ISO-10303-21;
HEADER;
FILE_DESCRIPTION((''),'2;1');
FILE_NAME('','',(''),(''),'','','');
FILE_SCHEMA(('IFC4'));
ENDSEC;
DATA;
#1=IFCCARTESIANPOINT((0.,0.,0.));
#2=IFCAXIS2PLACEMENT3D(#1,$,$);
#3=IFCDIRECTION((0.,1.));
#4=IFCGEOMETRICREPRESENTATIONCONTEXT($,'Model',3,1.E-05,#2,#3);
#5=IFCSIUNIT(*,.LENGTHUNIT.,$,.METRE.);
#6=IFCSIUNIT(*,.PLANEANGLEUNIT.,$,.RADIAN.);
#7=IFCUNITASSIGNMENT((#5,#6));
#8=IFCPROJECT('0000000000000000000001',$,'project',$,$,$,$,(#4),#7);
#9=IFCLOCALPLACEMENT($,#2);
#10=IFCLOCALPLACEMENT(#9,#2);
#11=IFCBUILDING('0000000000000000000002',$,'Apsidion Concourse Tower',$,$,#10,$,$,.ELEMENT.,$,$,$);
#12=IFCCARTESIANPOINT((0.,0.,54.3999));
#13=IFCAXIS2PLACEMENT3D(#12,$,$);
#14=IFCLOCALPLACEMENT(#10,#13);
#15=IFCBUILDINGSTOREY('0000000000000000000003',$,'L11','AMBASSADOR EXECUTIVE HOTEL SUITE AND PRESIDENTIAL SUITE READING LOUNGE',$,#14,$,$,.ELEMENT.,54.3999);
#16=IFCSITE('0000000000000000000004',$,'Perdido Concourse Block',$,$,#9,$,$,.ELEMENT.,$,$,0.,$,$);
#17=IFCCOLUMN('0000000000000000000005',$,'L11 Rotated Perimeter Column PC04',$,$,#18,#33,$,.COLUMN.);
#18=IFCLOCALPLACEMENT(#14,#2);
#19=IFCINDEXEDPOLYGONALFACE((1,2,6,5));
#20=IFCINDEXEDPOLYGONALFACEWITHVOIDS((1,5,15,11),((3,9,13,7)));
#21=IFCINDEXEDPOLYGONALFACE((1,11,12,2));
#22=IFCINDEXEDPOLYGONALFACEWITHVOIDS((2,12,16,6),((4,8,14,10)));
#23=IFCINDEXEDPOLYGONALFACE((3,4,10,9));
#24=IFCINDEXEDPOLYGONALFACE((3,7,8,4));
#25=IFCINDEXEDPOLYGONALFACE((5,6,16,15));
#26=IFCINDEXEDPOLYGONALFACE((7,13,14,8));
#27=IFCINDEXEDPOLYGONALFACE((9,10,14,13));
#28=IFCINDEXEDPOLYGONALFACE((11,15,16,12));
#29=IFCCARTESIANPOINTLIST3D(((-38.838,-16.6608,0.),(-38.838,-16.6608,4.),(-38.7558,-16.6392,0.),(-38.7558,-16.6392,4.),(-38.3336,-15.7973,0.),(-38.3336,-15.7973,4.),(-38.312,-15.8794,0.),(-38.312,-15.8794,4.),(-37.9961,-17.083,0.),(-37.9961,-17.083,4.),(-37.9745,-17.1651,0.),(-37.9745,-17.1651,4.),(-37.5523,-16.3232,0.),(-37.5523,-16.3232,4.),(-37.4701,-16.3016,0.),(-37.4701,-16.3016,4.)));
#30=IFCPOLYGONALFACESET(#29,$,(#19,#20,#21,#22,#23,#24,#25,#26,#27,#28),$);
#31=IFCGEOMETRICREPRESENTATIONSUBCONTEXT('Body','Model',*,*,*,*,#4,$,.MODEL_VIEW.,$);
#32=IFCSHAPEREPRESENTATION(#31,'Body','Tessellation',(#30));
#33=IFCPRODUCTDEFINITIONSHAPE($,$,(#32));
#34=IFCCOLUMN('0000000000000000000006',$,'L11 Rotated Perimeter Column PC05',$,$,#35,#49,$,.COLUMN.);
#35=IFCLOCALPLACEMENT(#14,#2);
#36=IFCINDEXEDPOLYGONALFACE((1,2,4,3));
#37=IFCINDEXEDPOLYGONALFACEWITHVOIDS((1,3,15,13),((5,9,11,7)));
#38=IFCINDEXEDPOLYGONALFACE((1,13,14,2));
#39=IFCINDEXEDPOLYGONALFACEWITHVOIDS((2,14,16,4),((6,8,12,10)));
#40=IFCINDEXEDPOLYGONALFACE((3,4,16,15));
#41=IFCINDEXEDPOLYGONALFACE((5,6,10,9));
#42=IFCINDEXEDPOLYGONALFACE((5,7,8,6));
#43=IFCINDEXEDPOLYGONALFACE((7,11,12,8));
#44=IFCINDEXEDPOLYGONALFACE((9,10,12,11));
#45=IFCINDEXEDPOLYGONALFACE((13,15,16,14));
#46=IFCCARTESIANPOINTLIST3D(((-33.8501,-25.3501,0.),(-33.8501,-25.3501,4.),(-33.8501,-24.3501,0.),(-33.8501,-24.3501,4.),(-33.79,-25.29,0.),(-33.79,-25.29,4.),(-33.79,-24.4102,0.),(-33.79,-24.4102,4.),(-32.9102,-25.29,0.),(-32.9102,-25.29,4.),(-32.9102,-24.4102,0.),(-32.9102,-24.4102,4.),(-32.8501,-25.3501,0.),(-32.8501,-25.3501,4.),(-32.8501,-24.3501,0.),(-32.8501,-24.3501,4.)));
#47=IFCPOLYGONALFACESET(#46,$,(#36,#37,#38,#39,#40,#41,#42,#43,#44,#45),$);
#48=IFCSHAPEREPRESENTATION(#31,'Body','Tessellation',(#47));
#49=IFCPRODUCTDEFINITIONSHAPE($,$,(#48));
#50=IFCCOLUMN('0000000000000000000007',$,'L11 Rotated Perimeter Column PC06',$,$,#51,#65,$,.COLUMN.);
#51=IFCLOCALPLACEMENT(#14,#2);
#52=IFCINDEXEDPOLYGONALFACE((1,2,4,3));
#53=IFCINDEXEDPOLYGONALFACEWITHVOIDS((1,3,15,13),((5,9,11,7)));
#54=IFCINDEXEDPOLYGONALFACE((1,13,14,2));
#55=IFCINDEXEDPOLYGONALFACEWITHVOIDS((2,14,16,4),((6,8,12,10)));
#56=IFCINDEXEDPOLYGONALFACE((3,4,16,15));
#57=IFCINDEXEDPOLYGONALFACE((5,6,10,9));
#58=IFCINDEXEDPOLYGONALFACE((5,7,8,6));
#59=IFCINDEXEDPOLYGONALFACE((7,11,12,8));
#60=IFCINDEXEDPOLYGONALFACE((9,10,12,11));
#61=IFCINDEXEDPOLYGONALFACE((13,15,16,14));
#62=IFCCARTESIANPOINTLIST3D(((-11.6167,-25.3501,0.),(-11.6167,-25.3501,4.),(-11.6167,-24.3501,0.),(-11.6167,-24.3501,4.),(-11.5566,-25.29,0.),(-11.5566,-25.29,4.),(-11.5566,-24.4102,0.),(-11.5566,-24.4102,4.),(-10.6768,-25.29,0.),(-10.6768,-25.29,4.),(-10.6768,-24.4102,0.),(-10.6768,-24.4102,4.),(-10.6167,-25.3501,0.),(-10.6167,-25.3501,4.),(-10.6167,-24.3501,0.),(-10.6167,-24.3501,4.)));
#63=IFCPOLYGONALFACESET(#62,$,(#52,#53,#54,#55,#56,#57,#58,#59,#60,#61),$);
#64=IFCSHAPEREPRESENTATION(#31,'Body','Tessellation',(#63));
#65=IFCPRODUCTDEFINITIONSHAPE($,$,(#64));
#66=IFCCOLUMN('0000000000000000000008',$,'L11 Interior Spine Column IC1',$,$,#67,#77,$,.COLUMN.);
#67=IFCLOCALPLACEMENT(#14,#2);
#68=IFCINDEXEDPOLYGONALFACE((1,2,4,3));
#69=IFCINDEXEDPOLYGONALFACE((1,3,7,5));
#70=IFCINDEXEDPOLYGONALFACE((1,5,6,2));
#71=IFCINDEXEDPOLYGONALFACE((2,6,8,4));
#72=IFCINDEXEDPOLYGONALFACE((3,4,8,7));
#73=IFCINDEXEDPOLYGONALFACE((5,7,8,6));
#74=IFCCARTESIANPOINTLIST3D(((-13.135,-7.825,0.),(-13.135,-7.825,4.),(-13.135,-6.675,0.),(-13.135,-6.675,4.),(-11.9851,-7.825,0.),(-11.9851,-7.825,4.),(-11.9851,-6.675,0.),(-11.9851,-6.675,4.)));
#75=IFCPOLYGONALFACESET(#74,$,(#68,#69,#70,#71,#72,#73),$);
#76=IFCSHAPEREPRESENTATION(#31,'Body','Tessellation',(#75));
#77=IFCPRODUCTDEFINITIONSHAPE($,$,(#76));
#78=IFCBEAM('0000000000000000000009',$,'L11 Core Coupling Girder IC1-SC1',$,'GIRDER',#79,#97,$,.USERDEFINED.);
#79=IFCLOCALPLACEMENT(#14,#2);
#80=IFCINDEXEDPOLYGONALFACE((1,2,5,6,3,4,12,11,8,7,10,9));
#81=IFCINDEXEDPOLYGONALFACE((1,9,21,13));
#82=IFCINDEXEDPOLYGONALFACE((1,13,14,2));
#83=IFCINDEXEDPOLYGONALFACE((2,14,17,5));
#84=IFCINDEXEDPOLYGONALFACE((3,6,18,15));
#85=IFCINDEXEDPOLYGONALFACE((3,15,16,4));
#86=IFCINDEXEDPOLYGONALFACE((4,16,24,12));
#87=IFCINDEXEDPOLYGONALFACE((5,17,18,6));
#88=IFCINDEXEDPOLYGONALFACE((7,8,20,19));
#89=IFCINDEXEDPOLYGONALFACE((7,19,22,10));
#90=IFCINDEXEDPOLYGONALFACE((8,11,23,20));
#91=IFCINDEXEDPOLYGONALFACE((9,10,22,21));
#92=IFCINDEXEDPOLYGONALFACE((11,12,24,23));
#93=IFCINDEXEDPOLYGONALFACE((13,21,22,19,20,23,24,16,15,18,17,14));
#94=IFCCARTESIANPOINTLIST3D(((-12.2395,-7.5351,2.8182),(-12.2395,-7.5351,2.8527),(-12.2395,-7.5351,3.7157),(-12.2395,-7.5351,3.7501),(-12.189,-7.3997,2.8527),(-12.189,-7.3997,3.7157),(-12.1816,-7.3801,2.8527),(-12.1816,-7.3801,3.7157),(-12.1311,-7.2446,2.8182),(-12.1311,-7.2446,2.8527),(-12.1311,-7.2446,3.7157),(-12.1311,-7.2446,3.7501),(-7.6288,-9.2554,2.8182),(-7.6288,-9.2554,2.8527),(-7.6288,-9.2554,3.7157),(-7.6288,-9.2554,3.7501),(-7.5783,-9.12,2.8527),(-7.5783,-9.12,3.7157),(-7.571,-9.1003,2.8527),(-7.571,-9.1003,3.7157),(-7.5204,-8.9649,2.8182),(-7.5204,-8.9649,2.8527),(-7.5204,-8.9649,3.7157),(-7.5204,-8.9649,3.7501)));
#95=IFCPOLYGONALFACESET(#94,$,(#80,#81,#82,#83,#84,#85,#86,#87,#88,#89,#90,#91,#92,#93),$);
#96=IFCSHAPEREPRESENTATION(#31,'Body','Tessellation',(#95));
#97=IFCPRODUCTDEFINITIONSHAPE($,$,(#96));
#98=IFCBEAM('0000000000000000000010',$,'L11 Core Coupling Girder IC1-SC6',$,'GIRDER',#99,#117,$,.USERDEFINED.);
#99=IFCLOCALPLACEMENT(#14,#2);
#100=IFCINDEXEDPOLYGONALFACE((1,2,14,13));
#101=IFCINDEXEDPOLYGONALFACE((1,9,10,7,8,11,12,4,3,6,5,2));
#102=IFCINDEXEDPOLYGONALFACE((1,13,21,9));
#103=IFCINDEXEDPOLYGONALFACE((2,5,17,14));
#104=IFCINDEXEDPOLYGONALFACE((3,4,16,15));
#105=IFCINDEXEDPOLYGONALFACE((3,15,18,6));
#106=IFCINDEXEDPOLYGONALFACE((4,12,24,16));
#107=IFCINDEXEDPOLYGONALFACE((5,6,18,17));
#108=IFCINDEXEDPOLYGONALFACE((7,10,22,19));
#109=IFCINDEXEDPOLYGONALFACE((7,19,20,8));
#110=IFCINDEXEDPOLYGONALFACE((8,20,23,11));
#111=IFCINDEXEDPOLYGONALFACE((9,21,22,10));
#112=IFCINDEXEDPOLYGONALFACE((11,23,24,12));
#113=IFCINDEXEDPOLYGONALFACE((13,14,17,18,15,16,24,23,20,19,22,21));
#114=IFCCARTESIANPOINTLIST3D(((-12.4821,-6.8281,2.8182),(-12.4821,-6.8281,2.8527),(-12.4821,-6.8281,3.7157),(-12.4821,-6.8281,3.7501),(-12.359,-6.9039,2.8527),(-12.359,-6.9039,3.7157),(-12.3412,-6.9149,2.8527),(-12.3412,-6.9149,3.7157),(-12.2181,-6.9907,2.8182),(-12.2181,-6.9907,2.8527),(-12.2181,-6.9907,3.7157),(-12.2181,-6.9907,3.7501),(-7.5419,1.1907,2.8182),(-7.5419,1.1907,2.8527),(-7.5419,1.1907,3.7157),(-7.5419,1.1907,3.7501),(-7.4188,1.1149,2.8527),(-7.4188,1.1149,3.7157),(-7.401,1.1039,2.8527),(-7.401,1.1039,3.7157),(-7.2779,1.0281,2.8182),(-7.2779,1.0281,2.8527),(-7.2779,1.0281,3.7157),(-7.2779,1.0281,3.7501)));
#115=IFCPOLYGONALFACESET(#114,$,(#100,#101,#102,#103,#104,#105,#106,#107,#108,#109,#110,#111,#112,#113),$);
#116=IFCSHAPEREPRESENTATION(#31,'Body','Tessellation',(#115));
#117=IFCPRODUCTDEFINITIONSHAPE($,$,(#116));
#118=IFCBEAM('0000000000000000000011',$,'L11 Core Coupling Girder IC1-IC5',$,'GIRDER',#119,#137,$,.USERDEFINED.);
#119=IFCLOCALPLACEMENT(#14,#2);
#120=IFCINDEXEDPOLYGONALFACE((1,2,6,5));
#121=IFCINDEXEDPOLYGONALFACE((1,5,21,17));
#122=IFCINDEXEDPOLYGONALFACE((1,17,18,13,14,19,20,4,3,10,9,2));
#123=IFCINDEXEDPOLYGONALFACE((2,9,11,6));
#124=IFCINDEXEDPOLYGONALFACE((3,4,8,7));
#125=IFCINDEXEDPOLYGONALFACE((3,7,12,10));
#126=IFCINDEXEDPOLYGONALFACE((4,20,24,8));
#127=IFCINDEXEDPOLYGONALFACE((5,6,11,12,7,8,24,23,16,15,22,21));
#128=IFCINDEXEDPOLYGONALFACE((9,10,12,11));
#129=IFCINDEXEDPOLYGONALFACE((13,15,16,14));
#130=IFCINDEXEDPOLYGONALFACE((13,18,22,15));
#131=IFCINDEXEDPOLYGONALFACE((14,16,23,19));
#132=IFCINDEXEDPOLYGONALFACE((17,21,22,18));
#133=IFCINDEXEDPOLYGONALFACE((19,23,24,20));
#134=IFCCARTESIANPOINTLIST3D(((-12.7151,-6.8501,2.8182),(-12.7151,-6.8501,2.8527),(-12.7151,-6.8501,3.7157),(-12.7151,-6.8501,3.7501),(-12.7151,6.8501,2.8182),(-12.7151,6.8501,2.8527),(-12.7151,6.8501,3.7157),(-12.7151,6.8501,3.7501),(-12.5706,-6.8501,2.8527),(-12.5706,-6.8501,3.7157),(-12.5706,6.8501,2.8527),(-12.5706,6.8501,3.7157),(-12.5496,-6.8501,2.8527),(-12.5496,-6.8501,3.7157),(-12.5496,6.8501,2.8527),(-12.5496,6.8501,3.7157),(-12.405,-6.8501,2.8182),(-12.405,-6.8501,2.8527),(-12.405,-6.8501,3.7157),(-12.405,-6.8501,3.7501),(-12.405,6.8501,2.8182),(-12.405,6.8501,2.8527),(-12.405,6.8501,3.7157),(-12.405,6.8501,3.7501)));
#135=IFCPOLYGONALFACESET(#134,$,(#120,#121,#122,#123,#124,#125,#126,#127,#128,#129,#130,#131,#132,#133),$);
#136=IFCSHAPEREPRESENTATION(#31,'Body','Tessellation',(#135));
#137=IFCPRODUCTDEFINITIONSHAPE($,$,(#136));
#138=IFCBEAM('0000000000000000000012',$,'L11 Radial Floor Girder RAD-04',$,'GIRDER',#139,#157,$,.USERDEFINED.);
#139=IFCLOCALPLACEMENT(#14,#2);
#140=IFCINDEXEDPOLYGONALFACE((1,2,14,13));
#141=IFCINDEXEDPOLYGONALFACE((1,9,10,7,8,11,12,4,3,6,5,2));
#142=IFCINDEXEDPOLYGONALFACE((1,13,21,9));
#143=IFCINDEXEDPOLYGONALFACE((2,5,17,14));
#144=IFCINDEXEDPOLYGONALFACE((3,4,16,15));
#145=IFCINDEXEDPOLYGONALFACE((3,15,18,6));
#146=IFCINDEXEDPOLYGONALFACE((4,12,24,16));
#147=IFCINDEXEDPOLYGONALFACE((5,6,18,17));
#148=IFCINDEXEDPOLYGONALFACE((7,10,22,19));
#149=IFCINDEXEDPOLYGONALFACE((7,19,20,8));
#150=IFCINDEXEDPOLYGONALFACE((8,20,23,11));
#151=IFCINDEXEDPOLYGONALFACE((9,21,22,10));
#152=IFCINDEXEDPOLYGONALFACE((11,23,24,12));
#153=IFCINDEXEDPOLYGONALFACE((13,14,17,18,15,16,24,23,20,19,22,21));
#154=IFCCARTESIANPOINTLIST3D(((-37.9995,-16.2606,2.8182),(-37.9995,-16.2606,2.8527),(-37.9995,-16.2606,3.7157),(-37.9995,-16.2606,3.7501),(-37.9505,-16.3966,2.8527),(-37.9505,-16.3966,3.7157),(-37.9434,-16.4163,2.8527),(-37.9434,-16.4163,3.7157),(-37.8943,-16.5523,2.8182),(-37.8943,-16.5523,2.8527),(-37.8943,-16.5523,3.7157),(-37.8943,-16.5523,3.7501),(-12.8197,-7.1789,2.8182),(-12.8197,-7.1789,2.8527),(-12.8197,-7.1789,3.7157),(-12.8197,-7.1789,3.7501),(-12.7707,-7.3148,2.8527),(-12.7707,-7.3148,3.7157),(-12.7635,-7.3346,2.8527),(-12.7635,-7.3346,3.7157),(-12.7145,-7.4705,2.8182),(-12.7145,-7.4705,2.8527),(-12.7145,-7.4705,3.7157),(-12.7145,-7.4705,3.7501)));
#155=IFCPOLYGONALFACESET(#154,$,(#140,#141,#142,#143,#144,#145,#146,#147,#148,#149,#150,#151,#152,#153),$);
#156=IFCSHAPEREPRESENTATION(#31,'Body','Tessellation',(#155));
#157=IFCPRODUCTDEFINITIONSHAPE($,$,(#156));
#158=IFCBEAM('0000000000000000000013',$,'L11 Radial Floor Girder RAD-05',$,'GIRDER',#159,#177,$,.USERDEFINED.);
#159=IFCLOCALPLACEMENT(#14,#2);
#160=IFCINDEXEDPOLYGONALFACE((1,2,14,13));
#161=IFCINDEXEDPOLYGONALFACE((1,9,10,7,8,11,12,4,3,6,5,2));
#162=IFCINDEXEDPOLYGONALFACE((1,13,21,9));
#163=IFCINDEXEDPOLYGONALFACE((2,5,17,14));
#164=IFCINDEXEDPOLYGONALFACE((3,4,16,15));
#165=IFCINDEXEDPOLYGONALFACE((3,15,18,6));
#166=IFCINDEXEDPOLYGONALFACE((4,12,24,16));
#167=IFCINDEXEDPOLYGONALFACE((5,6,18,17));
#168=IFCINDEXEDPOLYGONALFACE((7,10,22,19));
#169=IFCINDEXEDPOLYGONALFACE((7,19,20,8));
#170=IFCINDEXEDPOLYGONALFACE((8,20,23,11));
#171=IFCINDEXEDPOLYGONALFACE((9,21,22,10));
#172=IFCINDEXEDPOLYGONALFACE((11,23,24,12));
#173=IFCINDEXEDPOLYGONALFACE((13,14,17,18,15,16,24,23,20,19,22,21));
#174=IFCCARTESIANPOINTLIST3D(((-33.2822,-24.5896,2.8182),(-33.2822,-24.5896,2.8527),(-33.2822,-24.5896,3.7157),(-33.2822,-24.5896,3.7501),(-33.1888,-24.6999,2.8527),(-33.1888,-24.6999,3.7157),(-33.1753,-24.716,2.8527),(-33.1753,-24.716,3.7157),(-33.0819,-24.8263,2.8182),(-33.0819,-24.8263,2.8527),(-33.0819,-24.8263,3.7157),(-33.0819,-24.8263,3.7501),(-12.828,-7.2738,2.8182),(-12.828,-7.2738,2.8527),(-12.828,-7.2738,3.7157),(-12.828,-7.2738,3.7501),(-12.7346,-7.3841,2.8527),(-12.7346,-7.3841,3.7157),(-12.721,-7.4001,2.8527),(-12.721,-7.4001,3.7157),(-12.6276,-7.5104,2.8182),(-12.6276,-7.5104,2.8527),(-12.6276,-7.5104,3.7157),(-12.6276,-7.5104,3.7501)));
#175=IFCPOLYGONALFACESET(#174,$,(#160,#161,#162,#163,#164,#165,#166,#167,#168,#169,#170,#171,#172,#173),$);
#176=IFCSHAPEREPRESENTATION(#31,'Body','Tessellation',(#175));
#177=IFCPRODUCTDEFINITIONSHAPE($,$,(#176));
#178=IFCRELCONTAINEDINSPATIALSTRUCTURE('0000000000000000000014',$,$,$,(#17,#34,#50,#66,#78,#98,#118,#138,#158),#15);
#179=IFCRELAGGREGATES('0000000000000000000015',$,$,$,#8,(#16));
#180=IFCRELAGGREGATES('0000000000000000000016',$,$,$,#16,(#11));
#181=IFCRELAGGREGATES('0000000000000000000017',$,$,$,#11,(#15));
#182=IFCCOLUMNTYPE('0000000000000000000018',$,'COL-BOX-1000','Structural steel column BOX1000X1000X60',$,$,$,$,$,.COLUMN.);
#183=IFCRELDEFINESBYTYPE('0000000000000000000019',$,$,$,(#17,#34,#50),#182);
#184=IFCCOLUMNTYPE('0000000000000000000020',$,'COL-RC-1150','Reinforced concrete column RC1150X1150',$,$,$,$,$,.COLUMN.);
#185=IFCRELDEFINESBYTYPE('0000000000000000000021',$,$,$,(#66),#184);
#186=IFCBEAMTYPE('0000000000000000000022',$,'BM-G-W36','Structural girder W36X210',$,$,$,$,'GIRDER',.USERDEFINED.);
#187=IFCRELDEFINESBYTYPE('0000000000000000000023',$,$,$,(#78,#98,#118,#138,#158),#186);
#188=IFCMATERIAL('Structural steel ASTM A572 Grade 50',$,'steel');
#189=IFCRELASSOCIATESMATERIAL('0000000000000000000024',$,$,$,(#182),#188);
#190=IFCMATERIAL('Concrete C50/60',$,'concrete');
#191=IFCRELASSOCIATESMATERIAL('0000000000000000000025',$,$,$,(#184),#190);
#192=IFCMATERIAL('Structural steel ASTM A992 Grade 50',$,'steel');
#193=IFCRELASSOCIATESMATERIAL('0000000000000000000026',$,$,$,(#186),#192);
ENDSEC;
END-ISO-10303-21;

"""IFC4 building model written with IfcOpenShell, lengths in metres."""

from ifc_helpers import new_model, si_unit, direction, frame, origin, origin_2d, place, context, subcontext, project, spatial, rectangle, hollow_rectangle, i_section, extrude, material, material_profile, profile_set, type_object, element, save


model = new_model("IFC4")

# Units and contexts
model_context = context("Model", 3, precision=1e-05, world=origin(), true_north=direction((0.0, 1.0)))
body_context = subcontext(model_context, "Body", "Model", "MODEL_VIEW")
ifc_project = project(units=[si_unit("LENGTHUNIT", "METRE"), si_unit("PLANEANGLEUNIT", "RADIAN")], contexts=[model_context])

# Site, building, storey
site_placement = place(None, origin())
site = spatial("IfcSite", under=ifc_project, at=site_placement, Name="Perdido Concourse Block", CompositionType="ELEMENT", RefElevation=0.0)
building_placement = place(site_placement, origin())
building = spatial("IfcBuilding", under=site, at=building_placement, Name="Apsidion Concourse Tower", CompositionType="ELEMENT")
storey_placement = place(building_placement, frame((0.0, 0.0, 54.3999)))
storey = spatial("IfcBuildingStorey", under=building, at=storey_placement, Name="L11", Description="AMBASSADOR EXECUTIVE HOTEL SUITE AND PRESIDENTIAL SUITE READING LOUNGE", CompositionType="ELEMENT", Elevation=54.3999)

# Columns
ifc_material_1 = material(Name="Structural steel ASTM A572 Grade 50", Category="steel")
ifc_material_profile_1 = material_profile(ifc_material_1, hollow_rectangle(XDim=1.0, YDim=1.0, WallThickness=0.0601, at=origin_2d()), Name="BOX1000X1000X60")
ifc_profile_set_1 = profile_set([ifc_material_profile_1], Name="Structural steel ASTM A572 Grade 50")
column_type_1 = type_object("IfcColumnType", Name="COL-BOX-1000", Description="Structural steel column BOX1000X1000X60", PredefinedType="COLUMN", material=ifc_profile_set_1)
for number, where, z_axis, x_axis, name in (
    (1, (-38.1541, -16.4812, 0.0), (0.0, 0.0, 1.0), (0.504377, 0.863484, 0.0), "L11 Rotated Perimeter Column PC04"),
    (2, (-33.3501, -24.8501, 0.0), (0.0, 0.0, 1.0), (1.0, 0.0, 0.0), "L11 Rotated Perimeter Column PC05"),
    (3, (-11.1167, -24.8501, 0.0), (0.0, 0.0, 1.0), (1.0, 0.0, 0.0), "L11 Rotated Perimeter Column PC06"),
):
    element("IfcColumn", number, at=place(storey_placement, frame(where, z_axis=z_axis, x_axis=x_axis)), inside=storey, type_object=column_type_1, Name=name, PredefinedType="COLUMN", context=body_context, shape_type="SweptSolid", body=[
        extrude(hollow_rectangle(XDim=1.0, YDim=1.0, WallThickness=0.0601, at=origin_2d()), origin(), (0.0, 0.0, 1.0), 4.0),
    ])
ifc_material_2 = material(Name="Concrete C50/60", Category="concrete")
ifc_material_profile_2 = material_profile(ifc_material_2, rectangle(XDim=1.1499, YDim=1.1499, at=origin_2d()), Name="RC 1150x1150")
ifc_profile_set_2 = profile_set([ifc_material_profile_2], Name="Concrete C50/60")
column_type_2 = type_object("IfcColumnType", Name="COL-RC-1150", Description="Reinforced concrete column RC1150X1150", PredefinedType="COLUMN", material=ifc_profile_set_2)
column_placement = place(storey_placement, frame((-12.5601, -7.25, 0.0), z_axis=(0.0, 0.0, 1.0), x_axis=(1.0, 0.0, 0.0)))
element("IfcColumn", 4, at=column_placement, inside=storey, type_object=column_type_2, Name="L11 Interior Spine Column IC1", PredefinedType="COLUMN", context=body_context, shape_type="SweptSolid", body=[
    extrude(rectangle(XDim=1.1499, YDim=1.1499, at=origin_2d()), origin(), (0.0, 0.0, 1.0), 4.0),
])

# Beams
ifc_material_3 = material(Name="Structural steel ASTM A992 Grade 50", Category="steel")
ifc_material_profile_3 = material_profile(ifc_material_3, i_section(OverallWidth=0.3101, OverallDepth=0.9319, WebThickness=0.021, FlangeThickness=0.0344, at=origin_2d()), Name="W36X210")
ifc_profile_set_3 = profile_set([ifc_material_profile_3], Name="Structural steel ASTM A992 Grade 50")
beam_type_1 = type_object("IfcBeamType", Name="BM-G-W36", Description="Structural girder W36X210", ElementType="GIRDER", PredefinedType="USERDEFINED", material=ifc_profile_set_3)
beam_1_placement = place(storey_placement, frame((-12.1853, -7.3899, 3.2842), z_axis=(0.936913, -0.349563, 0.0), x_axis=(0.349563, 0.936913, 0.0)))
element("IfcBeam", 5, at=beam_1_placement, inside=storey, type_object=beam_type_1, Name="L11 Core Coupling Girder IC1-SC1", ObjectType="GIRDER", PredefinedType="USERDEFINED", context=body_context, shape_type="SweptSolid", body=[
    extrude(i_section(OverallWidth=0.3101, OverallDepth=0.9319, WebThickness=0.021, FlangeThickness=0.0344, at=origin_2d()), origin(), (0.0, 0.0, 1.0), 4.9211),
])
beam_2_placement = place(storey_placement, frame((-12.3501, -6.9094, 3.2842), z_axis=(0.524524, 0.851396, 0.0), x_axis=(-0.851396, 0.524524, 0.0)))
element("IfcBeam", 6, at=beam_2_placement, inside=storey, type_object=beam_type_1, Name="L11 Core Coupling Girder IC1-SC6", ObjectType="GIRDER", PredefinedType="USERDEFINED", context=body_context, shape_type="SweptSolid", body=[
    extrude(i_section(OverallWidth=0.3101, OverallDepth=0.9319, WebThickness=0.021, FlangeThickness=0.0344, at=origin_2d()), origin(), (0.0, 0.0, 1.0), 9.4185),
])
beam_3_placement = place(storey_placement, frame((-12.5601, -6.8501, 3.2842), z_axis=(0.0, 1.0, 0.0), x_axis=(-1.0, 0.0, 0.0)))
element("IfcBeam", 7, at=beam_3_placement, inside=storey, type_object=beam_type_1, Name="L11 Core Coupling Girder IC1-IC5", ObjectType="GIRDER", PredefinedType="USERDEFINED", context=body_context, shape_type="SweptSolid", body=[
    extrude(i_section(OverallWidth=0.3101, OverallDepth=0.9319, WebThickness=0.021, FlangeThickness=0.0344, at=origin_2d()), origin(), (0.0, 0.0, 1.0), 13.7002),
])
beam_4_placement = place(storey_placement, frame((-12.7671, -7.3247, 3.2842), z_axis=(-0.940685, -0.339282, 0.0), x_axis=(0.339282, -0.940685, 0.0)))
element("IfcBeam", 8, at=beam_4_placement, inside=storey, type_object=beam_type_1, Name="L11 Radial Floor Girder RAD-04", ObjectType="GIRDER", PredefinedType="USERDEFINED", context=body_context, shape_type="SweptSolid", body=[
    extrude(i_section(OverallWidth=0.3101, OverallDepth=0.9319, WebThickness=0.021, FlangeThickness=0.0344, at=origin_2d()), origin(), (0.0, 0.0, 1.0), 26.7676),
])
beam_5_placement = place(storey_placement, frame((-12.7278, -7.3921, 3.2842), z_axis=(-0.763232, -0.646125, 0.0), x_axis=(0.646125, -0.763232, 0.0)))
element("IfcBeam", 9, at=beam_5_placement, inside=storey, type_object=beam_type_1, Name="L11 Radial Floor Girder RAD-05", ObjectType="GIRDER", PredefinedType="USERDEFINED", context=body_context, shape_type="SweptSolid", body=[
    extrude(i_section(OverallWidth=0.3101, OverallDepth=0.9319, WebThickness=0.021, FlangeThickness=0.0344, at=origin_2d()), origin(), (0.0, 0.0, 1.0), 26.7996),
])

save(model, "model.ifc")
